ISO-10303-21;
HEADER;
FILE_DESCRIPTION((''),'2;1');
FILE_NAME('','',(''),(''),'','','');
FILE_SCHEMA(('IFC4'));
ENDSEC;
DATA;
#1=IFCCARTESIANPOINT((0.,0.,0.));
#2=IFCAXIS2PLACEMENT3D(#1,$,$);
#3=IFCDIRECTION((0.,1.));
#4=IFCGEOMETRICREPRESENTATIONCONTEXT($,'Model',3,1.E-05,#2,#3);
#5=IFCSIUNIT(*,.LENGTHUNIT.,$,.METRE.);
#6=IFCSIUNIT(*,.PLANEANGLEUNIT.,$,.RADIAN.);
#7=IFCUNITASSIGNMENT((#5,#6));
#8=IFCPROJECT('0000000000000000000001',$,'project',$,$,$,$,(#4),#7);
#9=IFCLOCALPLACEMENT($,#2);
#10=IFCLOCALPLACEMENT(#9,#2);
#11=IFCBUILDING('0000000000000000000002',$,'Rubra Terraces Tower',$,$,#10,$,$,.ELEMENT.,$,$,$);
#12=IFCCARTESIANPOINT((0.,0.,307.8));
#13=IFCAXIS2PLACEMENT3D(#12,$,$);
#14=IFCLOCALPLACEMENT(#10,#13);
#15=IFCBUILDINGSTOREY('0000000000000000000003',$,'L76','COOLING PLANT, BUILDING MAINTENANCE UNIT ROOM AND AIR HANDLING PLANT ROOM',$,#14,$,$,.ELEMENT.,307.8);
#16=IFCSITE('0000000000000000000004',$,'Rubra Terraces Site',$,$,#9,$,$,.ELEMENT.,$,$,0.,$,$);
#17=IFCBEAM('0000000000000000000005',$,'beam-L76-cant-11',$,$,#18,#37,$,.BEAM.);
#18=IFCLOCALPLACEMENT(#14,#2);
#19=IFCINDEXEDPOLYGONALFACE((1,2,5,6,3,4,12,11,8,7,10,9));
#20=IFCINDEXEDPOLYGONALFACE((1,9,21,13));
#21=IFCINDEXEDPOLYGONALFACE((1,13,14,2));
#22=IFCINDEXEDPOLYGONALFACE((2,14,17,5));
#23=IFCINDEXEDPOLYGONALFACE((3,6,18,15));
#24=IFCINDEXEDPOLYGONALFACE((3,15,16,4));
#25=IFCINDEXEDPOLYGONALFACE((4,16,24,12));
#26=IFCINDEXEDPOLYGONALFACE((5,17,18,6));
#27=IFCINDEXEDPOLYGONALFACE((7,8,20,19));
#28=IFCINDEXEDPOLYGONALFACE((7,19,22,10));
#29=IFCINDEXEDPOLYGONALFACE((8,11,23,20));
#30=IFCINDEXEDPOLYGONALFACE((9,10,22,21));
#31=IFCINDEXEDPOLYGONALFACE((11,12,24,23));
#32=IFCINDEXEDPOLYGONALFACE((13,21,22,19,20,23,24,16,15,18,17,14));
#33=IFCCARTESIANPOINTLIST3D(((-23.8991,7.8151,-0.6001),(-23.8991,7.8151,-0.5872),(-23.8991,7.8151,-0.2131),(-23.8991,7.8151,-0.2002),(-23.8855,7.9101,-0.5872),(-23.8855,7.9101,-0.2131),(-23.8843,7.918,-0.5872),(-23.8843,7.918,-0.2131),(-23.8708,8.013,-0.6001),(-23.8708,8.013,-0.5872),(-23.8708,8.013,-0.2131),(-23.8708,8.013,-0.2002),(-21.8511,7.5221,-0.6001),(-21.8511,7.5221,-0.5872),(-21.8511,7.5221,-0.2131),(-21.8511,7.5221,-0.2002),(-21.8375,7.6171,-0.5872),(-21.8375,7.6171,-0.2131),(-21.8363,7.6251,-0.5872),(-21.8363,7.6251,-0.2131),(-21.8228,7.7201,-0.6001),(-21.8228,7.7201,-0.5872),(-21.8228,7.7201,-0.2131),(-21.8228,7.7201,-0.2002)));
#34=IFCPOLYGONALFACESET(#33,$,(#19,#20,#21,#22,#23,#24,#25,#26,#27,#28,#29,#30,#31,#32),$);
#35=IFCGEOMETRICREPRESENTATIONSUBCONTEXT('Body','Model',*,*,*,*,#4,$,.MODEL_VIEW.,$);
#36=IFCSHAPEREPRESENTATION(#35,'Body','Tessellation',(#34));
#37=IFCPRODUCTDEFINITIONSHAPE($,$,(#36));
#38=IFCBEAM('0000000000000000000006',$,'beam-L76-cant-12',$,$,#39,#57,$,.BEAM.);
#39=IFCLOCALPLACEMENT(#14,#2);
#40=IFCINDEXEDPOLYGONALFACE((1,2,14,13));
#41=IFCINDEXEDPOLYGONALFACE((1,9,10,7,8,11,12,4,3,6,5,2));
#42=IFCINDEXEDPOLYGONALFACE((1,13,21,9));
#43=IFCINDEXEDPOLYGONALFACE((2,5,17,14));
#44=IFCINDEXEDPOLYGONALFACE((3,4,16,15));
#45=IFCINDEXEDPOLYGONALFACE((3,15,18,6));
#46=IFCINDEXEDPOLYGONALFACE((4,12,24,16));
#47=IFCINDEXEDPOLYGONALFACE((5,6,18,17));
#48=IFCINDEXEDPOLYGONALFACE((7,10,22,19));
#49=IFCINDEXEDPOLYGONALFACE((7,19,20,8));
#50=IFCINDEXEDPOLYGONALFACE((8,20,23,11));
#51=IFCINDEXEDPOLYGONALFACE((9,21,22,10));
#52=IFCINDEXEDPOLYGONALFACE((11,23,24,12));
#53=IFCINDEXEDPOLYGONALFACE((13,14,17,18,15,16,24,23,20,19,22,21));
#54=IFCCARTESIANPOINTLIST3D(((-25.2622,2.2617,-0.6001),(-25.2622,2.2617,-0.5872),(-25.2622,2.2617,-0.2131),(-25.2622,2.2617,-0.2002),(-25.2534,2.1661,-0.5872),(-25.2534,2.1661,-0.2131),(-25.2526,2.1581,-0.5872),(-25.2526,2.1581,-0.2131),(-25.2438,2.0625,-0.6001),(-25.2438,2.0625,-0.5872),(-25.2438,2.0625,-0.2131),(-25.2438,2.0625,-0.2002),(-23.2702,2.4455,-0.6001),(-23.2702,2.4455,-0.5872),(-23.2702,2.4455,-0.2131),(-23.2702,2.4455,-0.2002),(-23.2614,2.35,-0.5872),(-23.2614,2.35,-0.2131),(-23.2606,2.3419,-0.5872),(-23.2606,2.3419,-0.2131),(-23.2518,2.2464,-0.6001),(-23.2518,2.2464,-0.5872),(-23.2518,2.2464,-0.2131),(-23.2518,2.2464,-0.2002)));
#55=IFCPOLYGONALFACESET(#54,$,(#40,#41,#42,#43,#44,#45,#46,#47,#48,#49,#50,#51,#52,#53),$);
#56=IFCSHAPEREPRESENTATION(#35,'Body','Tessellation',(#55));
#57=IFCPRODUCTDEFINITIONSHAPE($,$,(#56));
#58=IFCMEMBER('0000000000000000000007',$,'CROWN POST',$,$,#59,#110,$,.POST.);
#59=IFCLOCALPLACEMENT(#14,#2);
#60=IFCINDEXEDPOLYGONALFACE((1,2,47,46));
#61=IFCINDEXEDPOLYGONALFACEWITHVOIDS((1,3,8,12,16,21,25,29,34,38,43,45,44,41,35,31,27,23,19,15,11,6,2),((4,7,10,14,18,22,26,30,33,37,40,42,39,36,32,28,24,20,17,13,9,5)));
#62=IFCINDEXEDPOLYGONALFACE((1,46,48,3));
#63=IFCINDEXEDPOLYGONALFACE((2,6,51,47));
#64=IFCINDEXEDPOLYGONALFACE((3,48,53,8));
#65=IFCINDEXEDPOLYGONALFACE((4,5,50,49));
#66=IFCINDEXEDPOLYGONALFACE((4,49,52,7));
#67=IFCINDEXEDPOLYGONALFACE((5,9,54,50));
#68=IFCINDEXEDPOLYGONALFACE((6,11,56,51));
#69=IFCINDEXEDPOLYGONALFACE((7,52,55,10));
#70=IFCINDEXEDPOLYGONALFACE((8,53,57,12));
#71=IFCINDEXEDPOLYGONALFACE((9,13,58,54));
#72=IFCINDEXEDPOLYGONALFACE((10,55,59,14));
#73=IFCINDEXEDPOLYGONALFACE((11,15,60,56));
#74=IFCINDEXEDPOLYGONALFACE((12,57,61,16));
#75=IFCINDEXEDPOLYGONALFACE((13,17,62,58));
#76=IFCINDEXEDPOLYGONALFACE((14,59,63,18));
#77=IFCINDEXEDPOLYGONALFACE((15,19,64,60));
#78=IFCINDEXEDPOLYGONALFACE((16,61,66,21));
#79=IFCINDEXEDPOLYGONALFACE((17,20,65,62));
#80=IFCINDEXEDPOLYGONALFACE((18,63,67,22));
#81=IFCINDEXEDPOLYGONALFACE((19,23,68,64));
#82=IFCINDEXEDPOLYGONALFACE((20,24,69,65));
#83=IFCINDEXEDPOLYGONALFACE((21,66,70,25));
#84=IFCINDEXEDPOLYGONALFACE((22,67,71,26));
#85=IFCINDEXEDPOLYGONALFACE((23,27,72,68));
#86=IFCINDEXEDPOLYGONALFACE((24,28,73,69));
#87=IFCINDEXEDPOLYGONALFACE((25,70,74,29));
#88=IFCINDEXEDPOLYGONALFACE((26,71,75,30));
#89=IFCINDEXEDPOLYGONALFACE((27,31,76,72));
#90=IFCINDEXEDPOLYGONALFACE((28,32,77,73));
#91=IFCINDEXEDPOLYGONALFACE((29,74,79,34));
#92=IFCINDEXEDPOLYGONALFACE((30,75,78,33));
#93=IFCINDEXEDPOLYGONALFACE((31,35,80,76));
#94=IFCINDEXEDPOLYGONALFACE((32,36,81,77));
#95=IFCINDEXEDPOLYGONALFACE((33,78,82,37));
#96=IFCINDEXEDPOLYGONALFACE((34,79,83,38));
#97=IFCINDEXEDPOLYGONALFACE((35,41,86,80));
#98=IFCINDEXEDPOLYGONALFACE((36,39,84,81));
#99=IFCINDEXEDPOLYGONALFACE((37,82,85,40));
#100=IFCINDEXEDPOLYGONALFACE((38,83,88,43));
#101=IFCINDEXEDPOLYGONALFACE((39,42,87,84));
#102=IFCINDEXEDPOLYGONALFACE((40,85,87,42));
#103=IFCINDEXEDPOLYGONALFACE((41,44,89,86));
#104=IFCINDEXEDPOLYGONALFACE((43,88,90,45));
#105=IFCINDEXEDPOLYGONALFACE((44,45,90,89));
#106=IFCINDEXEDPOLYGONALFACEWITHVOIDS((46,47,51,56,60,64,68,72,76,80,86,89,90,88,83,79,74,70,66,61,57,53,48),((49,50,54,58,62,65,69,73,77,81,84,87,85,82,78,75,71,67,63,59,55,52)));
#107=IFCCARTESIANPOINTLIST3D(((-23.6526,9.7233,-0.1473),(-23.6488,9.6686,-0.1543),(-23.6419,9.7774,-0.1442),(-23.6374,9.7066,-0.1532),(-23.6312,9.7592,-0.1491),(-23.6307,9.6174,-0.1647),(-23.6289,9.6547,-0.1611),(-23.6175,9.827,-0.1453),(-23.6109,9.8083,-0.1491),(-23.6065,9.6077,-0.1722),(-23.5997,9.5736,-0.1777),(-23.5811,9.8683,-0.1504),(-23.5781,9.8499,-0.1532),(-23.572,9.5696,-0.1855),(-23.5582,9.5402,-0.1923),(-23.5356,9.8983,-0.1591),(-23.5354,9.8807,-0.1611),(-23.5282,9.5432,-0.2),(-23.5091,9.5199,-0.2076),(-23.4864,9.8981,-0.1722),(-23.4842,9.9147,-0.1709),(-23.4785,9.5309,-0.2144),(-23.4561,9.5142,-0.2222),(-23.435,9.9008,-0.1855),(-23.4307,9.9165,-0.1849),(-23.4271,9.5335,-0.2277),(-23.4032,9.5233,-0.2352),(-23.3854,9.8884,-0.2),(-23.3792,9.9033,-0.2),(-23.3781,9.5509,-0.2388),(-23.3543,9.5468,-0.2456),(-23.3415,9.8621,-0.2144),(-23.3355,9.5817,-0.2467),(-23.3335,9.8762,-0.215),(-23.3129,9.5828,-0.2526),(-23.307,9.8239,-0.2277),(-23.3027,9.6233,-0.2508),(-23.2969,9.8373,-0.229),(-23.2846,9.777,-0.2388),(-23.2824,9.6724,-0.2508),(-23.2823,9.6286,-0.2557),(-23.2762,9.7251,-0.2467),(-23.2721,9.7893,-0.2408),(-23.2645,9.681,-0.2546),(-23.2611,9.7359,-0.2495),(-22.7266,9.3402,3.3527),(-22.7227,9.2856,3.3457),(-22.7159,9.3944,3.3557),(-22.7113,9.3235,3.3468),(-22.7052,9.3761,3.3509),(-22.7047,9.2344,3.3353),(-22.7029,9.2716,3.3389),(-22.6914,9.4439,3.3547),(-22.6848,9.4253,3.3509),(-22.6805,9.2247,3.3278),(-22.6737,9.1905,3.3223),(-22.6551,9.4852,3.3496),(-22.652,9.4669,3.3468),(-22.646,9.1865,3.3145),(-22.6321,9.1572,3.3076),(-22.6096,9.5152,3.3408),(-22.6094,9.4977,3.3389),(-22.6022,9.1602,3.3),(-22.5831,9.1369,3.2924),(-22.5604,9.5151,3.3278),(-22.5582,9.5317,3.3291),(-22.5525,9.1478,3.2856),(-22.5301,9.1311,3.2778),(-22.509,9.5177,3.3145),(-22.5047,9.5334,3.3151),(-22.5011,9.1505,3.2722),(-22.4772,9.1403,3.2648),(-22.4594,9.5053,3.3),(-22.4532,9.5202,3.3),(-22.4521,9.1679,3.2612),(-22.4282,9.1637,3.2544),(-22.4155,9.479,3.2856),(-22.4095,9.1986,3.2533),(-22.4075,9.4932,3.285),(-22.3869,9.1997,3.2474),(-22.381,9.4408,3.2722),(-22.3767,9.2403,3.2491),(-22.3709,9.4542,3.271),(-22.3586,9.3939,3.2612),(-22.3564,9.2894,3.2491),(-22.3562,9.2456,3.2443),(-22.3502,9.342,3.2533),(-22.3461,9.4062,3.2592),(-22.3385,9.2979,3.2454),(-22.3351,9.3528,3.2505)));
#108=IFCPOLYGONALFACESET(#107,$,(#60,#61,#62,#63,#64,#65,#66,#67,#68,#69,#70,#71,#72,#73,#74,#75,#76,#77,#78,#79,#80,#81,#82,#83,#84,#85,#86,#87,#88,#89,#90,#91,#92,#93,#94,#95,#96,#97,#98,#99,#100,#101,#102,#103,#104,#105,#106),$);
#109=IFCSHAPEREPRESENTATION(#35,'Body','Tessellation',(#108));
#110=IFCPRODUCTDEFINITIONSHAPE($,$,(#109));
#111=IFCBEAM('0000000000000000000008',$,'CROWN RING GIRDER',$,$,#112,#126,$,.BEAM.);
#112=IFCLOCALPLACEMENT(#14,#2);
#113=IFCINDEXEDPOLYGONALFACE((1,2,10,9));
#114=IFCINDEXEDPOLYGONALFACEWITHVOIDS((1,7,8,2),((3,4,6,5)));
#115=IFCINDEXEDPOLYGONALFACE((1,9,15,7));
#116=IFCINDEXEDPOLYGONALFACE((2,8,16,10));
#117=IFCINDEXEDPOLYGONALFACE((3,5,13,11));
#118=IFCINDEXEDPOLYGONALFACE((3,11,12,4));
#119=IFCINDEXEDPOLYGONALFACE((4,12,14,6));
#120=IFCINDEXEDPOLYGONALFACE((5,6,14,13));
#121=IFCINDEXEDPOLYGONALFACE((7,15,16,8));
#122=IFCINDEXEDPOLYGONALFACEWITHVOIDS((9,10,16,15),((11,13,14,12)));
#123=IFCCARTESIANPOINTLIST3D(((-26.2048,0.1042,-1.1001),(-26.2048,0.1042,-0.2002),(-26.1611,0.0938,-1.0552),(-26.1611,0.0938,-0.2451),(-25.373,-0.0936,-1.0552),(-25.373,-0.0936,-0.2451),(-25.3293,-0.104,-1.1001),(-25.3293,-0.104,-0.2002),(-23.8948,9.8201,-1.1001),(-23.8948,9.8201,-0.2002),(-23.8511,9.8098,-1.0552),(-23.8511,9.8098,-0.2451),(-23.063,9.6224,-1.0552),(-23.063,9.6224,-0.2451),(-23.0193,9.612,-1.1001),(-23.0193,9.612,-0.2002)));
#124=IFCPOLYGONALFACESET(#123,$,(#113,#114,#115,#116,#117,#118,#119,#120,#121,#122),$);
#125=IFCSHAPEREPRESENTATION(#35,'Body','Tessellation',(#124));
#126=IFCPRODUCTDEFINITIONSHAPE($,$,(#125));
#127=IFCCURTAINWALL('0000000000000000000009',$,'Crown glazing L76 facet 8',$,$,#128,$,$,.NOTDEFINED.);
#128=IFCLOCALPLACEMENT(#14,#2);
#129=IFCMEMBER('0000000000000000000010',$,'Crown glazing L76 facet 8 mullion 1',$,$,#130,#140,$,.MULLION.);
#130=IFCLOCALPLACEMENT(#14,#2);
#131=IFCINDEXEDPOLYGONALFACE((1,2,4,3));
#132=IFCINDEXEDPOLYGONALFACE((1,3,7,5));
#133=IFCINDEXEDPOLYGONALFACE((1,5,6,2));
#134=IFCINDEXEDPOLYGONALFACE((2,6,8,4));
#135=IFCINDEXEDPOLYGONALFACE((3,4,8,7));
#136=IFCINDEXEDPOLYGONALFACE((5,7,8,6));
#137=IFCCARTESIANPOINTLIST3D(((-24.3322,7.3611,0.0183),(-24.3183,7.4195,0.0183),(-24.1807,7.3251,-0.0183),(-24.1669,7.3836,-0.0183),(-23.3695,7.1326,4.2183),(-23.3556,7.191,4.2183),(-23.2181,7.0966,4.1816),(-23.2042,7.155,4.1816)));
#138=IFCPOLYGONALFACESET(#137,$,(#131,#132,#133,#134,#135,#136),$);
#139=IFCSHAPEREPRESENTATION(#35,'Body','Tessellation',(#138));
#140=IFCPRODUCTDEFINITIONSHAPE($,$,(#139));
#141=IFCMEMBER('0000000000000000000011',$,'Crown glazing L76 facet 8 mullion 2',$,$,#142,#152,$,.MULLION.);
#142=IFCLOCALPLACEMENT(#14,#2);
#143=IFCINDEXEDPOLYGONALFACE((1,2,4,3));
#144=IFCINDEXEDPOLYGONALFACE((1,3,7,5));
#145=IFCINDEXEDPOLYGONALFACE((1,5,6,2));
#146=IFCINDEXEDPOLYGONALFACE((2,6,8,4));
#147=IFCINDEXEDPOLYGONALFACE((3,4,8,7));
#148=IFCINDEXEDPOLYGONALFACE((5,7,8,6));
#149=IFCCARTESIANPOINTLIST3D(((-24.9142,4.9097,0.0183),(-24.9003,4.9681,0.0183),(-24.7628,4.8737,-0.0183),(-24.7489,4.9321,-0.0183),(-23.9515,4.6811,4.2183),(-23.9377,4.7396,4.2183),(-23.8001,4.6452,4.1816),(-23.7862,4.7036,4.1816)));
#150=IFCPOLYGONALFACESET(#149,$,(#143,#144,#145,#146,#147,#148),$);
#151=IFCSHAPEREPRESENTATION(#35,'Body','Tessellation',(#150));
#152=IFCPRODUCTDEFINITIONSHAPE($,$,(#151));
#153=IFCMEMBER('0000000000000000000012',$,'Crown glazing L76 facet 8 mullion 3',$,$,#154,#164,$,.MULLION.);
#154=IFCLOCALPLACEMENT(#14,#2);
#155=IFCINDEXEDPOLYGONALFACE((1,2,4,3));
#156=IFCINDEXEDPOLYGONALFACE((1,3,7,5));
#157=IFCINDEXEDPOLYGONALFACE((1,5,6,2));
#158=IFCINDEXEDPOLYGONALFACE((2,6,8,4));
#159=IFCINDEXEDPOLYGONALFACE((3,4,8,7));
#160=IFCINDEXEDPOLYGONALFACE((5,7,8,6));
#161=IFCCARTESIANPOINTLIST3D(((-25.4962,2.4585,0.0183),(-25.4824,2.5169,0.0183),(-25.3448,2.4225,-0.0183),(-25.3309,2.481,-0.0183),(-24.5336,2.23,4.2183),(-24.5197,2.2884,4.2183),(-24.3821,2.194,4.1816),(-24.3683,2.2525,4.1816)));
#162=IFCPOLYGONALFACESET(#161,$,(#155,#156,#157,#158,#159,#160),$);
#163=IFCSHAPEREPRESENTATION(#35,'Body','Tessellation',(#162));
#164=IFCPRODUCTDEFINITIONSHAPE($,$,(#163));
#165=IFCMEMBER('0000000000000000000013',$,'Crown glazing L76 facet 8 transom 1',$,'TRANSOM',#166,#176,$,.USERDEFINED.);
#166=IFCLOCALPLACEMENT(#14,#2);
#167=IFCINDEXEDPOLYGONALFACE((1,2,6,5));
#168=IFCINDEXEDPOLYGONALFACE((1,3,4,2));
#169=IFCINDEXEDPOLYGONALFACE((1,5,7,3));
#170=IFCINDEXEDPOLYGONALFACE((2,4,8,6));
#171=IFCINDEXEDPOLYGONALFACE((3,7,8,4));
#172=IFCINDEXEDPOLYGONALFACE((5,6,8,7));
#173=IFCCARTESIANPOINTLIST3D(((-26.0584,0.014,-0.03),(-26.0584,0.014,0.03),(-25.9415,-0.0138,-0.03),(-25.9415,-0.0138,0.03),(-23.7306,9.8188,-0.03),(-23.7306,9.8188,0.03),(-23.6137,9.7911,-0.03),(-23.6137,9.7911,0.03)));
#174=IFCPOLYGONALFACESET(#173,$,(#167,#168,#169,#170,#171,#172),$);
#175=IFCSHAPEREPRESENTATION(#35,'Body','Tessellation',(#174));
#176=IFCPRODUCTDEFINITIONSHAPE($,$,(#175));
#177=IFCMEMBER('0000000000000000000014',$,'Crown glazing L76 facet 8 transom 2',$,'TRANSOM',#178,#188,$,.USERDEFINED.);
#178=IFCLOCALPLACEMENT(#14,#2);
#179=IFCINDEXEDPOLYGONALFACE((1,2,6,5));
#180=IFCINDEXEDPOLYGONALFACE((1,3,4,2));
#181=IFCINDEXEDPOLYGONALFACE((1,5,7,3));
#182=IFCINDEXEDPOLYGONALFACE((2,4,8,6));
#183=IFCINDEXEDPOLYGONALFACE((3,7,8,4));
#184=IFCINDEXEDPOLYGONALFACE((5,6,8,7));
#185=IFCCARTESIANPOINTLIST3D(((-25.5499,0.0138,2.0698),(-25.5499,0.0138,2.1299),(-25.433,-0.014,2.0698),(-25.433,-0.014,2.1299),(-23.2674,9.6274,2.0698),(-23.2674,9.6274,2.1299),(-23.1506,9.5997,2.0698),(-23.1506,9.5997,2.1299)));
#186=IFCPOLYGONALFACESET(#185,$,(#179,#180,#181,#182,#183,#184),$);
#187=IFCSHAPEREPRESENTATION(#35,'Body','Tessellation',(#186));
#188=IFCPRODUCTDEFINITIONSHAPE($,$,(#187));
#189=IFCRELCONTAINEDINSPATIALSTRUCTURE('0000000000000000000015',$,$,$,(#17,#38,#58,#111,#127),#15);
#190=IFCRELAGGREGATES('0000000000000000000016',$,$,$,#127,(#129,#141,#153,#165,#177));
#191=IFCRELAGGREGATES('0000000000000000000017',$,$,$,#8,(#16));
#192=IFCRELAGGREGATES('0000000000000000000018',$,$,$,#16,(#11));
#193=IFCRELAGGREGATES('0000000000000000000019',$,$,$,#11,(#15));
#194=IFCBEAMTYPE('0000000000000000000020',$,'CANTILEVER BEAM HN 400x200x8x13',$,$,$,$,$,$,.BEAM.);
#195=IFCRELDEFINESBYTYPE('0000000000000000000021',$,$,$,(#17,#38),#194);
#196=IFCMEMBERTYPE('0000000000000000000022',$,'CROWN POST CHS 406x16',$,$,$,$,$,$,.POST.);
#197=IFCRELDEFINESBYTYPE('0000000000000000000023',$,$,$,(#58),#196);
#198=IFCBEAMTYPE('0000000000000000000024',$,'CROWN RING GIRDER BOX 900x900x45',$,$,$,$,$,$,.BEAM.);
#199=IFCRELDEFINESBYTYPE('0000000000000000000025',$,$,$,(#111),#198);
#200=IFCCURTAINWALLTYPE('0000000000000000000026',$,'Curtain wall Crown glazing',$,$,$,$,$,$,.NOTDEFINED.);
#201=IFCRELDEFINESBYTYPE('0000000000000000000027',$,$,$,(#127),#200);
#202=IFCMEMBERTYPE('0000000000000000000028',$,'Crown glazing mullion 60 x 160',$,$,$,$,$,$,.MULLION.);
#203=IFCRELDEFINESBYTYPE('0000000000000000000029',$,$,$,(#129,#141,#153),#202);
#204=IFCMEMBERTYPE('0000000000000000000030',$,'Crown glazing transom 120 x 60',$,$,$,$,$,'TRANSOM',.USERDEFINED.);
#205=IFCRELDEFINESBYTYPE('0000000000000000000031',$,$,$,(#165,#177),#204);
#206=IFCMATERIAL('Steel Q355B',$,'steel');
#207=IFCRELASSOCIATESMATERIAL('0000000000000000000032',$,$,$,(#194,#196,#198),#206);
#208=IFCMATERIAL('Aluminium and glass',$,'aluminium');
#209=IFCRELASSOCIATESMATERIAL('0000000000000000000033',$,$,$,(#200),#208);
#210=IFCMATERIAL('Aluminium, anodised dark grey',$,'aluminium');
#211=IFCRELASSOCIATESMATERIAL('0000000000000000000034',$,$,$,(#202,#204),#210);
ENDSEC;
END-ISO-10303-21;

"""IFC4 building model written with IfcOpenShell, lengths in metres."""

from ifc_helpers import new_model, si_unit, direction, frame, origin, origin_2d, place, context, subcontext, project, spatial, rectangle, hollow_rectangle, hollow_circle, i_section, extrude, material, material_profile, profile_set, type_object, element, aggregate, save


model = new_model("IFC4")

# Units and contexts
model_context = context("Model", 3, precision=1e-05, world=origin(), true_north=direction((0.0, 1.0)))
body_context = subcontext(model_context, "Body", "Model", "MODEL_VIEW")
ifc_project = project(units=[si_unit("LENGTHUNIT", "METRE"), si_unit("PLANEANGLEUNIT", "RADIAN")], contexts=[model_context])

# Site, building, storey
site_placement = place(None, origin())
site = spatial("IfcSite", under=ifc_project, at=site_placement, Name="Rubra Terraces Site", CompositionType="ELEMENT", RefElevation=0.0)
building_placement = place(site_placement, origin())
building = spatial("IfcBuilding", under=site, at=building_placement, Name="Rubra Terraces Tower", CompositionType="ELEMENT")
storey_placement = place(building_placement, frame((0.0, 0.0, 307.8)))
storey = spatial("IfcBuildingStorey", under=building, at=storey_placement, Name="L76", Description="COOLING PLANT, BUILDING MAINTENANCE UNIT ROOM AND AIR HANDLING PLANT ROOM", CompositionType="ELEMENT", Elevation=307.8)

# Beams
ifc_material_1 = material(Name="Steel Q355B", Category="steel")
ifc_material_profile_1 = material_profile(ifc_material_1, i_section(OverallWidth=0.2, OverallDepth=0.3999, WebThickness=0.0081, FlangeThickness=0.0129, at=origin_2d()), Name="HN 400x200x8x13")
ifc_profile_set_1 = profile_set([ifc_material_profile_1], Name="Steel Q355B")
beam_type_1 = type_object("IfcBeamType", Name="CANTILEVER BEAM HN 400x200x8x13", PredefinedType="BEAM", material=ifc_profile_set_1)
beam_1_placement = place(storey_placement, frame((-21.8369, 7.6211, -0.4001), z_axis=(-0.989924, 0.141603, 0.0), x_axis=(-0.141603, -0.989924, 0.0)))
element("IfcBeam", 1, at=beam_1_placement, inside=storey, type_object=beam_type_1, Name="beam-L76-cant-11", PredefinedType="BEAM", context=body_context, shape_type="SweptSolid", body=[
    extrude(i_section(OverallWidth=0.2, OverallDepth=0.3999, WebThickness=0.0081, FlangeThickness=0.0129, at=origin_2d()), origin(), (0.0, 0.0, 1.0), 2.0688),
])
beam_2_placement = place(storey_placement, frame((-23.261, 2.3459, -0.4001), z_axis=(-0.995768, -0.0919, 0.0), x_axis=(0.0919, -0.995768, 0.0)))
element("IfcBeam", 2, at=beam_2_placement, inside=storey, type_object=beam_type_1, Name="beam-L76-cant-12", PredefinedType="BEAM", context=body_context, shape_type="SweptSolid", body=[
    extrude(i_section(OverallWidth=0.2, OverallDepth=0.3999, WebThickness=0.0081, FlangeThickness=0.0129, at=origin_2d()), origin(), (0.0, 0.0, 1.0), 2.0005),
])

# Member
ifc_material_profile_2 = material_profile(ifc_material_1, hollow_circle(Radius=0.2029, WallThickness=0.0161, at=origin_2d()), Name="CHS 406x16")
ifc_profile_set_2 = profile_set([ifc_material_profile_2], Name="Steel Q355B")
member_type_1 = type_object("IfcMemberType", Name="CROWN POST CHS 406x16", PredefinedType="POST", material=ifc_profile_set_2)
member_1_placement = place(storey_placement, frame((-23.4568, 9.7158, -0.2), z_axis=(0.254358, -0.105217, 0.96137), x_axis=(0.382244, 0.924061, 0.0)))
element("IfcMember", 3, at=member_1_placement, inside=storey, type_object=member_type_1, Name="CROWN POST", PredefinedType="POST", context=body_context, shape_type="SweptSolid", body=[
    extrude(hollow_circle(Radius=0.2029, WallThickness=0.0161, at=origin_2d()), origin(), (0.0, 0.0, 1.0), 3.6406),
])

# Beam
ifc_material_profile_3 = material_profile(ifc_material_1, hollow_rectangle(XDim=0.8999, YDim=0.8999, WallThickness=0.0449, at=origin_2d()), Name="BOX 900x900x45")
ifc_profile_set_3 = profile_set([ifc_material_profile_3], Name="Steel Q355B")
beam_type_2 = type_object("IfcBeamType", Name="CROWN RING GIRDER BOX 900x900x45", PredefinedType="BEAM", material=ifc_profile_set_3)
beam_3_placement = place(storey_placement, frame((-23.457, 9.7161, -0.6501), z_axis=(-0.231309, -0.97288, 0.0), x_axis=(0.97288, -0.231309, 0.0)))
element("IfcBeam", 4, at=beam_3_placement, inside=storey, type_object=beam_type_2, Name="CROWN RING GIRDER", PredefinedType="BEAM", context=body_context, shape_type="SweptSolid", body=[
    extrude(hollow_rectangle(XDim=0.8999, YDim=0.8999, WallThickness=0.0449, at=origin_2d()), origin(), (0.0, 0.0, 1.0), 9.9868),
])

# Curtain wall, members
ifc_material_2 = material(Name="Aluminium and glass", Category="aluminium")
curtain_wall_type = type_object("IfcCurtainWallType", Name="Curtain wall Crown glazing", PredefinedType="NOTDEFINED", material=ifc_material_2)
curtain_wall_placement = place(storey_placement, origin())
curtain_wall = element("IfcCurtainWall", 5, at=curtain_wall_placement, inside=storey, type_object=curtain_wall_type, Name="Crown glazing L76 facet 8", PredefinedType="NOTDEFINED")
ifc_material_3 = material(Name="Aluminium, anodised dark grey", Category="aluminium")
ifc_material_profile_4 = material_profile(ifc_material_3, rectangle(XDim=0.0601, YDim=0.1599, at=origin_2d()), Name="AL 60x160")
ifc_profile_set_4 = profile_set([ifc_material_profile_4], Name="Aluminium, anodised dark grey")
member_type_2 = type_object("IfcMemberType", Name="Crown glazing mullion 60 x 160", PredefinedType="MULLION", material=ifc_profile_set_4)
member_2_placement = place(storey_placement, frame((-24.2495, 7.3723, 0.0), z_axis=(0.223097, -0.052959, 0.973356), x_axis=(0.230964, 0.972962, 0.0)))
member_2 = element("IfcMember", 6, at=member_2_placement, type_object=member_type_2, Name="Crown glazing L76 facet 8 mullion 1", PredefinedType="MULLION", context=body_context, shape_type="SweptSolid", body=[
    extrude(rectangle(XDim=0.0601, YDim=0.1599, at=origin_2d()), origin(), (0.0, 0.0, 1.0), 4.3149),
])
member_3_placement = place(storey_placement, frame((-24.8315, 4.9209, 0.0), z_axis=(0.223097, -0.052959, 0.973356), x_axis=(0.230964, 0.972962, 0.0)))
member_3 = element("IfcMember", 7, at=member_3_placement, type_object=member_type_2, Name="Crown glazing L76 facet 8 mullion 2", PredefinedType="MULLION", context=body_context, shape_type="SweptSolid", body=[
    extrude(rectangle(XDim=0.0601, YDim=0.1599, at=origin_2d()), origin(), (0.0, 0.0, 1.0), 4.3149),
])
member_4_placement = place(storey_placement, frame((-25.4136, 2.4697, 0.0), z_axis=(0.223097, -0.052959, 0.973356), x_axis=(0.230964, 0.972962, 0.0)))
member_4 = element("IfcMember", 8, at=member_4_placement, type_object=member_type_2, Name="Crown glazing L76 facet 8 mullion 3", PredefinedType="MULLION", context=body_context, shape_type="SweptSolid", body=[
    extrude(rectangle(XDim=0.0601, YDim=0.1599, at=origin_2d()), origin(), (0.0, 0.0, 1.0), 4.3149),
])
ifc_material_profile_5 = material_profile(ifc_material_3, rectangle(XDim=0.1201, YDim=0.0601, at=origin_2d()), Name="AL 120x60")
ifc_profile_set_5 = profile_set([ifc_material_profile_5], Name="Aluminium, anodised dark grey")
member_type_3 = type_object("IfcMemberType", Name="Crown glazing transom 120 x 60", ElementType="TRANSOM", PredefinedType="USERDEFINED", material=ifc_profile_set_5)
member_5_placement = place(storey_placement, frame((-23.6721, 9.8049, 0.0), z_axis=(-0.230998, -0.972954, 0.0), x_axis=(0.972954, -0.230998, 0.0)))
member_5 = element("IfcMember", 9, at=member_5_placement, type_object=member_type_3, Name="Crown glazing L76 facet 8 transom 1", ObjectType="TRANSOM", PredefinedType="USERDEFINED", context=body_context, shape_type="SweptSolid", body=[
    extrude(rectangle(XDim=0.1201, YDim=0.0601, at=origin_2d()), origin(), (0.0, 0.0, 1.0), 10.0774),
])
member_6_placement = place(storey_placement, frame((-23.209, 9.6135, 2.0999), z_axis=(-0.231001, -0.972953, 0.0), x_axis=(0.972953, -0.231001, 0.0)))
member_6 = element("IfcMember", 10, at=member_6_placement, type_object=member_type_3, Name="Crown glazing L76 facet 8 transom 2", ObjectType="TRANSOM", PredefinedType="USERDEFINED", context=body_context, shape_type="SweptSolid", body=[
    extrude(rectangle(XDim=0.1201, YDim=0.0601, at=origin_2d()), origin(), (0.0, 0.0, 1.0), 9.8809),
])

aggregate(curtain_wall, [member_2, member_3, member_4, member_5, member_6])

save(model, "model.ifc")
